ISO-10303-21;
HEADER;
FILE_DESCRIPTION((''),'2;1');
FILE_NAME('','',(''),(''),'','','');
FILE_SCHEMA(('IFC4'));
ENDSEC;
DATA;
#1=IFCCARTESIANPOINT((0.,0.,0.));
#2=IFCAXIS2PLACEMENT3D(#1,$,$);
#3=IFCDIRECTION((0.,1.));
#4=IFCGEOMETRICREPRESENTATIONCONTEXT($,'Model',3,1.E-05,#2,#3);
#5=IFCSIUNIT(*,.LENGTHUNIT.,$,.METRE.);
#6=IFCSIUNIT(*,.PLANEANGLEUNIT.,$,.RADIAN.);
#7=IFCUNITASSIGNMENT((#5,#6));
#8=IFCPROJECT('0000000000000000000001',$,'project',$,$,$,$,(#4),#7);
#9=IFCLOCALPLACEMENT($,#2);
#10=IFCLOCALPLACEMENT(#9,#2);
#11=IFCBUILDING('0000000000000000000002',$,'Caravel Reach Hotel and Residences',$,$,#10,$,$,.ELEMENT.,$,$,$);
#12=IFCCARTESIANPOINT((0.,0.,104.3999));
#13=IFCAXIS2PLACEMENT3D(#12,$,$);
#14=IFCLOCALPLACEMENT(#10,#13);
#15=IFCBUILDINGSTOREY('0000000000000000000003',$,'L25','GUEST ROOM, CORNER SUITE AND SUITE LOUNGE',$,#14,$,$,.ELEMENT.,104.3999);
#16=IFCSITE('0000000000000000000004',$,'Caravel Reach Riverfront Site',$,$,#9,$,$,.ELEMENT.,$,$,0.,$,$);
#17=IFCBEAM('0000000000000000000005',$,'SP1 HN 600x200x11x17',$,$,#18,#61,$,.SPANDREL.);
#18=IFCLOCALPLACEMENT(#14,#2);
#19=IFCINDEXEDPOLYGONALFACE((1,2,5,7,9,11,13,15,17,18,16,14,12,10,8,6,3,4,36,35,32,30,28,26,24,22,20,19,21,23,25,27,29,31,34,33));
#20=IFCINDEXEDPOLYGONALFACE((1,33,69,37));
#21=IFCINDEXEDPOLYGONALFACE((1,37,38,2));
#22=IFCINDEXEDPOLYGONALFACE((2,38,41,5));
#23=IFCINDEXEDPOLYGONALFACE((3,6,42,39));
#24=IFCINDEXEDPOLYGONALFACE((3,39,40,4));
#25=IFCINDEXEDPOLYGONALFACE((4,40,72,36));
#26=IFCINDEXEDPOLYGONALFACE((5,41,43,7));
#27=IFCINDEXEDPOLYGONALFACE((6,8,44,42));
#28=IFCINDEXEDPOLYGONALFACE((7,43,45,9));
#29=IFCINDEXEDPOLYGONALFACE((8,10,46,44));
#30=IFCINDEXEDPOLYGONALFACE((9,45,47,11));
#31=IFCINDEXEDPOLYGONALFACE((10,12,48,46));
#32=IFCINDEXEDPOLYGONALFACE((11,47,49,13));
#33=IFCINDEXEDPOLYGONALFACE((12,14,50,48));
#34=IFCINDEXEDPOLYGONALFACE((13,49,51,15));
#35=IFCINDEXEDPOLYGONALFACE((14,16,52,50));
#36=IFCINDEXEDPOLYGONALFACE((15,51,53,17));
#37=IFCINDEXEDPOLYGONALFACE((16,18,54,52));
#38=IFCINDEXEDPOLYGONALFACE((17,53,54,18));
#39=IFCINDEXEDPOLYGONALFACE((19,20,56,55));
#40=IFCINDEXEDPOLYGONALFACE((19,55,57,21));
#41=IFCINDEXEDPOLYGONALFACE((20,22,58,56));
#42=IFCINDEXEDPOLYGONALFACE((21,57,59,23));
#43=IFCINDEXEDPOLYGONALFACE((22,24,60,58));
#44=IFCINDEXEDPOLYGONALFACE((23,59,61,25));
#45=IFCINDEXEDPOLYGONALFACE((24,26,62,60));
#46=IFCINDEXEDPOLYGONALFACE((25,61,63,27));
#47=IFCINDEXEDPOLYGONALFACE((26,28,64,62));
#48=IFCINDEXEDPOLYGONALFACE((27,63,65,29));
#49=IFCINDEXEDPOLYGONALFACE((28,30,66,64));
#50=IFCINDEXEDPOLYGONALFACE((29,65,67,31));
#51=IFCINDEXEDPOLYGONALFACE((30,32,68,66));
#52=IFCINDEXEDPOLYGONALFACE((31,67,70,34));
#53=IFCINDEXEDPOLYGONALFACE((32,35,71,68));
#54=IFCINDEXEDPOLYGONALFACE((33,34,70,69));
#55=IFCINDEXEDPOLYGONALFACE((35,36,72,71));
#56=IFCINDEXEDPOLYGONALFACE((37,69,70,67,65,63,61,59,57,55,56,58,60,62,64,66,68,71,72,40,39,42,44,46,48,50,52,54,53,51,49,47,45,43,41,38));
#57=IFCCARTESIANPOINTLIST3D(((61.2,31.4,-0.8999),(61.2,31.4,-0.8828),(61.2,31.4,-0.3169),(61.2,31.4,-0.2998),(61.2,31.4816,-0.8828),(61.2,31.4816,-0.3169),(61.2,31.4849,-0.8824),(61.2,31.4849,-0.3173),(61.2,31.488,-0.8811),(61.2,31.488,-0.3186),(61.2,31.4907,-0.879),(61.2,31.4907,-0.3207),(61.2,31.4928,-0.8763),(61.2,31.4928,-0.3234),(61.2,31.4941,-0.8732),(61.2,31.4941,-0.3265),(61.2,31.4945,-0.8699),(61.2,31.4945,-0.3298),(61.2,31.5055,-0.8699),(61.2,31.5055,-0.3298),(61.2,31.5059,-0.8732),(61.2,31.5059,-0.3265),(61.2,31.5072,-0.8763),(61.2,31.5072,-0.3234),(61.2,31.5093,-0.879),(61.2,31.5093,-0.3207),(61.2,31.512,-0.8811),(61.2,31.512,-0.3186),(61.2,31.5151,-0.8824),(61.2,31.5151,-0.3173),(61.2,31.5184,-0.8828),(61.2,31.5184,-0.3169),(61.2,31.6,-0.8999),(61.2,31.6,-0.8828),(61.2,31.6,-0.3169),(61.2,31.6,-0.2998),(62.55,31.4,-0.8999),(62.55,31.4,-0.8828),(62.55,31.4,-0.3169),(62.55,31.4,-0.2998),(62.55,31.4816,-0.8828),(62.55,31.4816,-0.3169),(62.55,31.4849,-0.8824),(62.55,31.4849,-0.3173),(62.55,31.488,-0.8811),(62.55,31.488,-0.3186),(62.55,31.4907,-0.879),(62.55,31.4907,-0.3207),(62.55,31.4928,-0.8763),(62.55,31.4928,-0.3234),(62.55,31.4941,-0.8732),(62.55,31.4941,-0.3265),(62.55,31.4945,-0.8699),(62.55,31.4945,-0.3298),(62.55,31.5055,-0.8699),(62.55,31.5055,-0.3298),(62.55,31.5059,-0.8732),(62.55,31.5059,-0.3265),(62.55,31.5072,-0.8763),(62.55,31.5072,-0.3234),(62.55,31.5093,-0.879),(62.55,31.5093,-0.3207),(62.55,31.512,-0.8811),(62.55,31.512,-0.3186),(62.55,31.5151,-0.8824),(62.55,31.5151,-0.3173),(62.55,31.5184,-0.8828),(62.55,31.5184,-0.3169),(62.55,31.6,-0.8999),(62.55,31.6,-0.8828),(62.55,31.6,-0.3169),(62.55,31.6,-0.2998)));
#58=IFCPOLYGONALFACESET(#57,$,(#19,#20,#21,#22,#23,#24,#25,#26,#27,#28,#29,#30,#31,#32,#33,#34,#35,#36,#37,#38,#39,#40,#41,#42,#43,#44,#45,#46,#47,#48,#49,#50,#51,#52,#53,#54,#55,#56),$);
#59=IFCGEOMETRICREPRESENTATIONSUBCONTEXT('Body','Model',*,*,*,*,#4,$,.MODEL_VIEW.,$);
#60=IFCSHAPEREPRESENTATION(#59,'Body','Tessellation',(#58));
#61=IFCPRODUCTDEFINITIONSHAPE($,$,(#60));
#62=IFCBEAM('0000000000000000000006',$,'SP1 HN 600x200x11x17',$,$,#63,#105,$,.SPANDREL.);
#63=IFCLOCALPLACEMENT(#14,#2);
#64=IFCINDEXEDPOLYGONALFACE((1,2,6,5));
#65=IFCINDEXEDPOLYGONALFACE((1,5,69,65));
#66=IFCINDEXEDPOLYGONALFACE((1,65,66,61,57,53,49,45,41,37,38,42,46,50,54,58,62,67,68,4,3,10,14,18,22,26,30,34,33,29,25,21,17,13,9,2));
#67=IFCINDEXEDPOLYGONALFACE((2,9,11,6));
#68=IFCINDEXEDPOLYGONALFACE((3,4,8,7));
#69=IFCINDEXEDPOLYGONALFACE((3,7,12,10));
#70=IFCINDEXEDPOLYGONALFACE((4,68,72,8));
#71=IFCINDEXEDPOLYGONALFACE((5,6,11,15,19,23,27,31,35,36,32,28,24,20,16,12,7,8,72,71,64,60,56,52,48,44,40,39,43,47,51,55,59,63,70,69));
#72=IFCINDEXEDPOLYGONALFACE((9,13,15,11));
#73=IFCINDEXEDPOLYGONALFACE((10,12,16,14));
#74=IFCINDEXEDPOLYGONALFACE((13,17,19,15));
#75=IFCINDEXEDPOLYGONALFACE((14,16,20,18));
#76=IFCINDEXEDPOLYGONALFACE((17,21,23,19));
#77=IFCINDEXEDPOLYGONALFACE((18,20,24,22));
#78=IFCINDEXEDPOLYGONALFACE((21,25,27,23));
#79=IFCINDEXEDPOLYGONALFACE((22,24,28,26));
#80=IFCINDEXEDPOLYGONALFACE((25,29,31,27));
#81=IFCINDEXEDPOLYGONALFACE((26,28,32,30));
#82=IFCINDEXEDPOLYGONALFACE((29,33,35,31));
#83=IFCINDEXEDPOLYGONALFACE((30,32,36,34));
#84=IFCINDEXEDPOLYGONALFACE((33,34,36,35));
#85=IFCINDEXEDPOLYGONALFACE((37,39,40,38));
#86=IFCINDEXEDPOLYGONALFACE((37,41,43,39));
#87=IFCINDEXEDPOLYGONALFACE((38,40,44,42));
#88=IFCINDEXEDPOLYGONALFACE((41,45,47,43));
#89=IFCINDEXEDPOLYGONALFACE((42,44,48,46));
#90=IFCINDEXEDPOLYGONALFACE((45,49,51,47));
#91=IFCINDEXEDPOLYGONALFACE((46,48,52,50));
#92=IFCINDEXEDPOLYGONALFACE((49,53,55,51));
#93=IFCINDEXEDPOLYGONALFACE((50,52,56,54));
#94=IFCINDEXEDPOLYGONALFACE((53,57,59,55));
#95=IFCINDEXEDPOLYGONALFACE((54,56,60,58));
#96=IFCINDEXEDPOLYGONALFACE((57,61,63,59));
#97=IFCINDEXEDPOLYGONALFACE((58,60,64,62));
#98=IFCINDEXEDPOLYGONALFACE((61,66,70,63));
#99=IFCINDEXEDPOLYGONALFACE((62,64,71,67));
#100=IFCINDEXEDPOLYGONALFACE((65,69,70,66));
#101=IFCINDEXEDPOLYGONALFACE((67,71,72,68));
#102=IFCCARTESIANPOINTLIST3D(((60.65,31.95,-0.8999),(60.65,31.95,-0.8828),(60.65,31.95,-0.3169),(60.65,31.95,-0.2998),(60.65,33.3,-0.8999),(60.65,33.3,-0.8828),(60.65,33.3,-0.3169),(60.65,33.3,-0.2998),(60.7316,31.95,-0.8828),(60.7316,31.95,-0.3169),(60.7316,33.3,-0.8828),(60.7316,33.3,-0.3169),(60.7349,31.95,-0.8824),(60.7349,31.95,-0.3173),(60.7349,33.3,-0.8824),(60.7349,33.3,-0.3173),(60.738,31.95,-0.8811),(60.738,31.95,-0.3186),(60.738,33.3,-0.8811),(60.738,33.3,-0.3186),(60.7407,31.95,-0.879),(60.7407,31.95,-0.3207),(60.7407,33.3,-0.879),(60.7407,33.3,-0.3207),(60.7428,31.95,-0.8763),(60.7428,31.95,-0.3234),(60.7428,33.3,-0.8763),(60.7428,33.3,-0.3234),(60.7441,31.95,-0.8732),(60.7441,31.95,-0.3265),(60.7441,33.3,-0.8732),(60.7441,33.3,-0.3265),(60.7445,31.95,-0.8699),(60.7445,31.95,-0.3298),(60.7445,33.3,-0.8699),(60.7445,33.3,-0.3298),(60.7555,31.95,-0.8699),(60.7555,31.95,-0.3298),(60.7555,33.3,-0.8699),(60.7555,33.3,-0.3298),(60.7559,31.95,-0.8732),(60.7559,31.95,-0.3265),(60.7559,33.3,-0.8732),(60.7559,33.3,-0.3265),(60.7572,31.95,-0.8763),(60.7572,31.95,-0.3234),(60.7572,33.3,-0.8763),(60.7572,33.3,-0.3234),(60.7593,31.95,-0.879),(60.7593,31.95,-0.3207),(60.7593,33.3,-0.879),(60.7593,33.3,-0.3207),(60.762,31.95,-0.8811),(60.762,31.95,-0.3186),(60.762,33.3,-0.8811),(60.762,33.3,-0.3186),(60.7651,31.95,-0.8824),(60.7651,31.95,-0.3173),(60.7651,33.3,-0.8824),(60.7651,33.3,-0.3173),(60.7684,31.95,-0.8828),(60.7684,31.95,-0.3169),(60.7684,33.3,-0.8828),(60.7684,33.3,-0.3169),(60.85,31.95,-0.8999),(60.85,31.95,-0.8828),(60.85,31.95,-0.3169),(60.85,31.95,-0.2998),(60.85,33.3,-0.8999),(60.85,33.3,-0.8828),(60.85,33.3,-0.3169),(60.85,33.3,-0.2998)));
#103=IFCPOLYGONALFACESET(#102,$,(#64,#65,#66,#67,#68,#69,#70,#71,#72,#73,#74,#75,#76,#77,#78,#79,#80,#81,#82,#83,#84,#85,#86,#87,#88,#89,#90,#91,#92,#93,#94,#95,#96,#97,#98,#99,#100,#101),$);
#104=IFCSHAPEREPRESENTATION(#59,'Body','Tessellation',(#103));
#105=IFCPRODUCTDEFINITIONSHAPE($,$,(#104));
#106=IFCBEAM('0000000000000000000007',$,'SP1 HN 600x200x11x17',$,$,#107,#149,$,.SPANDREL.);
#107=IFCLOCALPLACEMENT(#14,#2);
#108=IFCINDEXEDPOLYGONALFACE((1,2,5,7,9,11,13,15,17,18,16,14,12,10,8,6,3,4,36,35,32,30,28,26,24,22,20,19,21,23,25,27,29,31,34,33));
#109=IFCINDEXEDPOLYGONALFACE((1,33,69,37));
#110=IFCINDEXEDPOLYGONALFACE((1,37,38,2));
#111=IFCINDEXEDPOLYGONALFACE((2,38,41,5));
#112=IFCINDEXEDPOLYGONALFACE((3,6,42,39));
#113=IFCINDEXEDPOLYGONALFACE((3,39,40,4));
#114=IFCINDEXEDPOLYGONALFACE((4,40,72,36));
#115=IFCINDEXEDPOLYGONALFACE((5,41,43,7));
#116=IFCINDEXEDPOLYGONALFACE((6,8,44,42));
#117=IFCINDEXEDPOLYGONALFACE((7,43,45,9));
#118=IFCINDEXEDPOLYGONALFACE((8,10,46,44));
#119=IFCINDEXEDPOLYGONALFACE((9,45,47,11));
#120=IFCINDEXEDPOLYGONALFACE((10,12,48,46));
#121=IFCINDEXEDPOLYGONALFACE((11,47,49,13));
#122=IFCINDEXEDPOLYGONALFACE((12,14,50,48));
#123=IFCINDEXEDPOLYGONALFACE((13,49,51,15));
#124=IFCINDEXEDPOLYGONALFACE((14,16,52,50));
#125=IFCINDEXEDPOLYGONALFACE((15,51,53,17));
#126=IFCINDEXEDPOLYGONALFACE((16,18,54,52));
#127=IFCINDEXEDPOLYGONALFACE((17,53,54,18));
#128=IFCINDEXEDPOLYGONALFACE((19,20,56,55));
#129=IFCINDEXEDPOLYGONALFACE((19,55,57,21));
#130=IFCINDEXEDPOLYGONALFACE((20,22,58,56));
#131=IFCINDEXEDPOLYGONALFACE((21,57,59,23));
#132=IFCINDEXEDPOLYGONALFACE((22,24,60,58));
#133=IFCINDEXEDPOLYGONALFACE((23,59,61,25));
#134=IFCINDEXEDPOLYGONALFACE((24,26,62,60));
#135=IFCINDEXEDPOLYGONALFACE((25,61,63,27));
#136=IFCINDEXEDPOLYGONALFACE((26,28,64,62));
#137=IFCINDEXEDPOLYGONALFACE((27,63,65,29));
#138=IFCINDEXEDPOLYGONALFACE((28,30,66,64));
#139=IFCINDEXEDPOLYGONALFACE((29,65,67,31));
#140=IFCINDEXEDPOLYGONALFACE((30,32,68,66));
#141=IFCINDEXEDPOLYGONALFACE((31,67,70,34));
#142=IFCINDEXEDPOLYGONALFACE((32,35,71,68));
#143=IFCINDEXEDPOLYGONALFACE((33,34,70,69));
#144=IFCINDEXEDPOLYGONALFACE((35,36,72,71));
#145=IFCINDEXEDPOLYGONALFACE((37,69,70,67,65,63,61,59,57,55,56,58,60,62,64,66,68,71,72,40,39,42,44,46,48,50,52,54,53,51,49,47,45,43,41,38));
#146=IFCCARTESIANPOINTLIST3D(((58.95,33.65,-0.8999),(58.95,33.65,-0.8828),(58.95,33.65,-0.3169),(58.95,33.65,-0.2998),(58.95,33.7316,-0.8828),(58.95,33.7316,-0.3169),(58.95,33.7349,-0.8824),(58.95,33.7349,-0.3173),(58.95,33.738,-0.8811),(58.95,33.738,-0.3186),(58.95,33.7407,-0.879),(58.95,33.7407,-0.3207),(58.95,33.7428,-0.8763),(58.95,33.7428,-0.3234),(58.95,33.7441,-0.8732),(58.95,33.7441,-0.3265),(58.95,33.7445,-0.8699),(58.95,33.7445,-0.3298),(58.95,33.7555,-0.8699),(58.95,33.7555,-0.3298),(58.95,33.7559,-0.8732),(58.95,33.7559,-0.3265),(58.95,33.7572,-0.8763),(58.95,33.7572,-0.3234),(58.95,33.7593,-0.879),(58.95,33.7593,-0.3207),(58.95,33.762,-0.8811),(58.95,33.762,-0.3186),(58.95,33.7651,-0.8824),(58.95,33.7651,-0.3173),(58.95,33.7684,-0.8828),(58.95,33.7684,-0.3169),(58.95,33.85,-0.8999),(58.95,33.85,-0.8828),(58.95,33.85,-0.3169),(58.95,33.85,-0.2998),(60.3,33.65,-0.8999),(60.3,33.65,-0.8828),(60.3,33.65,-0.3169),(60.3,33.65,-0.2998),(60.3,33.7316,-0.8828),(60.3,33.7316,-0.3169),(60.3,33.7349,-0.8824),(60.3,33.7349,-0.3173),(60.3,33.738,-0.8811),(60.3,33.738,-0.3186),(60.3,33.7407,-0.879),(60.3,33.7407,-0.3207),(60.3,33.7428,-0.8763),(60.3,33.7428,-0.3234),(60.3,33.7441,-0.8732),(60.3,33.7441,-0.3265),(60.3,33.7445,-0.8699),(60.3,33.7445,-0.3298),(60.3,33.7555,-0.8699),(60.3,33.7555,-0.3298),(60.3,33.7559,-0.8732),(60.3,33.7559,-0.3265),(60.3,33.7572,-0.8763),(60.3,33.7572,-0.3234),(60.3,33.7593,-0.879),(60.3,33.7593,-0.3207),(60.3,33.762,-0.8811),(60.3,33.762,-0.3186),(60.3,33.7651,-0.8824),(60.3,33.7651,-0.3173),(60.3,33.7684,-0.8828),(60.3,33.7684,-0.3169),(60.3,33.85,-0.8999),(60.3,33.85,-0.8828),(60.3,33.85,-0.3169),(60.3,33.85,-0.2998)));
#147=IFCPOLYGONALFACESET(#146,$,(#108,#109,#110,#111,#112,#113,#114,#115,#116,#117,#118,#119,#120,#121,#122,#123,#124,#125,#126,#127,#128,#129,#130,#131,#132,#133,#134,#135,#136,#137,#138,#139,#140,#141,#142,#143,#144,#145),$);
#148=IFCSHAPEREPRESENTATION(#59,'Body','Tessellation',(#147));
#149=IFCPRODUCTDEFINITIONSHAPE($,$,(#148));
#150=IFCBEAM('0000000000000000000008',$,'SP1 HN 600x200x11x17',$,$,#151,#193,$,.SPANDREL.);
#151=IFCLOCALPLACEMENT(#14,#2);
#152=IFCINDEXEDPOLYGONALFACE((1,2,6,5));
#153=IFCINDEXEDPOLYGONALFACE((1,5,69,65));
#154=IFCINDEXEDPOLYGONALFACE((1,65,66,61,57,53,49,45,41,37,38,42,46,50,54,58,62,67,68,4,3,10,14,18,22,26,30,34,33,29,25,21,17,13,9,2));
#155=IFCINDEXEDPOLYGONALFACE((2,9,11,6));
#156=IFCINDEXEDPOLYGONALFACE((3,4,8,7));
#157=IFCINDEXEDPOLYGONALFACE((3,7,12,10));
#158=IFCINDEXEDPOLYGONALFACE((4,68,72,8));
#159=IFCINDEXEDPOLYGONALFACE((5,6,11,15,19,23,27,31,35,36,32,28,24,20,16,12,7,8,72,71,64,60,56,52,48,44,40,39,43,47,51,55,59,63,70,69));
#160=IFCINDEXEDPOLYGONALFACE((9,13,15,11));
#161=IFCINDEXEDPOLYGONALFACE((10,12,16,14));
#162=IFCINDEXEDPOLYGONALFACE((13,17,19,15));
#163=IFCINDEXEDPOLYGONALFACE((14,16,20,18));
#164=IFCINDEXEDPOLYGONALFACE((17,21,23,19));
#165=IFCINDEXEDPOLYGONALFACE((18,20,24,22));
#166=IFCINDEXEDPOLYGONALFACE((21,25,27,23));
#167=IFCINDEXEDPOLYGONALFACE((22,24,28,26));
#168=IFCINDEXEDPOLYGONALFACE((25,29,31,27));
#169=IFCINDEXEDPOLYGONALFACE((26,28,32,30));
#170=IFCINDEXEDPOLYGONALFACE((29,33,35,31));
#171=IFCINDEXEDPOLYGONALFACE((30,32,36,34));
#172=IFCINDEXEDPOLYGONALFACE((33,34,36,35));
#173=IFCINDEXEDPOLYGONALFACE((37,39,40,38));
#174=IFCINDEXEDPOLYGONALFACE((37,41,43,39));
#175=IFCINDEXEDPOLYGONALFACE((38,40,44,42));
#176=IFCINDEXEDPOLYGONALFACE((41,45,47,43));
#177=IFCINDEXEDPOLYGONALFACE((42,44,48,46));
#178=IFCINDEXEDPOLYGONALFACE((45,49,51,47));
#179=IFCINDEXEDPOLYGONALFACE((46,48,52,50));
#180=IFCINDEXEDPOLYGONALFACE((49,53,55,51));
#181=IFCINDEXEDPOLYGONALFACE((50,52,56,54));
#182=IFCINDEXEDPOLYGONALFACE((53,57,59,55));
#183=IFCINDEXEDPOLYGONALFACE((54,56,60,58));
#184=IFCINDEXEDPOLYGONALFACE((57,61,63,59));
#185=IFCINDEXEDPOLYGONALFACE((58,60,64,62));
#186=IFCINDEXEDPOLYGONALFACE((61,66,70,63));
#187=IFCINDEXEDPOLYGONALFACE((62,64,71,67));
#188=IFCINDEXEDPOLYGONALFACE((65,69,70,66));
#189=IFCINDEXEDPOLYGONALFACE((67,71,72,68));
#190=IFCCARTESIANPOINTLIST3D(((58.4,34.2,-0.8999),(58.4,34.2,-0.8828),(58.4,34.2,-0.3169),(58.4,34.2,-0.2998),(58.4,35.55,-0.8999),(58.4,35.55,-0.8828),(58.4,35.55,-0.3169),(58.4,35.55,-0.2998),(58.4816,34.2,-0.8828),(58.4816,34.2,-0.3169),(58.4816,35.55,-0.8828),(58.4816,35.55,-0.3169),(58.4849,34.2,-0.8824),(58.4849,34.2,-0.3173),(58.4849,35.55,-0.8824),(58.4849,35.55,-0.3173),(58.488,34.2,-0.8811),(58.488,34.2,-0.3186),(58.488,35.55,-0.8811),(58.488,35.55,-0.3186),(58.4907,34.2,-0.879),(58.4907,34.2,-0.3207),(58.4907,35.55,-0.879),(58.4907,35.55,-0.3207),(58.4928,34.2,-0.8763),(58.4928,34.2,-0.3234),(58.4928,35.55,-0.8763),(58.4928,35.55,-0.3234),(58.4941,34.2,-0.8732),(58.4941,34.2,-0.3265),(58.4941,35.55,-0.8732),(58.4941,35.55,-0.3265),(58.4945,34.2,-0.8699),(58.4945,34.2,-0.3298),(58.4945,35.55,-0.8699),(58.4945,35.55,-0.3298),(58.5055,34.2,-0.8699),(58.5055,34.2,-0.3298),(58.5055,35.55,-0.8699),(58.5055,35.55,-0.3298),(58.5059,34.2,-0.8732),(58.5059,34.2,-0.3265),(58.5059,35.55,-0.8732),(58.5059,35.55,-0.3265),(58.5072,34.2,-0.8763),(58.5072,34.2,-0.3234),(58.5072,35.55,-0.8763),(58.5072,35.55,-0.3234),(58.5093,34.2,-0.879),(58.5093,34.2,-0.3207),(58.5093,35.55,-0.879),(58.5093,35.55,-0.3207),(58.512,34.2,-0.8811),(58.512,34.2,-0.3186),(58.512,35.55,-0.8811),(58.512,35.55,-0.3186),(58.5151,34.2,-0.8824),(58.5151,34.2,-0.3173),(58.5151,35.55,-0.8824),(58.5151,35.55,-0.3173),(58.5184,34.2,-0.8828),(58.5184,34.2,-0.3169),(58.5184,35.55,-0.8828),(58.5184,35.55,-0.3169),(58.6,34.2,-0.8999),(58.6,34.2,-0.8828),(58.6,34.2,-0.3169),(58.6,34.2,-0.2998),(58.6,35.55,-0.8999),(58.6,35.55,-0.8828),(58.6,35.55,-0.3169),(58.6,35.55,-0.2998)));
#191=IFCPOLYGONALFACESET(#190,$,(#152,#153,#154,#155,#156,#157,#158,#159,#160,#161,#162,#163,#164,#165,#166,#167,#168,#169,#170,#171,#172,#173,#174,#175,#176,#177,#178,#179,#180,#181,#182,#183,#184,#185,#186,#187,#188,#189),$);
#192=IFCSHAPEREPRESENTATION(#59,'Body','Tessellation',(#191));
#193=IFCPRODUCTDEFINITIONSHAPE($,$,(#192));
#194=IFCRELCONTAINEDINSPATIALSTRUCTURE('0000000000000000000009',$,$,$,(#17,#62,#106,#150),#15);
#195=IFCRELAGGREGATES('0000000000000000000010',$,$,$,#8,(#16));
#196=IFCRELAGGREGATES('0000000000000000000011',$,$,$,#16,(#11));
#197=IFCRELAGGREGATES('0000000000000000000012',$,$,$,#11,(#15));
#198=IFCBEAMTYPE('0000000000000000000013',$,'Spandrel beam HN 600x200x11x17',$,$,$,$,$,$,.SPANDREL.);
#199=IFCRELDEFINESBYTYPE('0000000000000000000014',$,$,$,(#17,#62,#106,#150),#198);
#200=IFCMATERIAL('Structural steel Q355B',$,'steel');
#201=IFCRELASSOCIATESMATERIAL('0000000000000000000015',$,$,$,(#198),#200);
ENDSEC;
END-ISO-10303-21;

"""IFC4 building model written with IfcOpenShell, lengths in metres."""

from ifc_helpers import new_model, si_unit, direction, frame, origin, origin_2d, place, context, subcontext, project, spatial, i_section, extrude, material, material_profile, profile_set, type_object, element, save


model = new_model("IFC4")

# Units and contexts
model_context = context("Model", 3, precision=1e-05, world=origin(), true_north=direction((0.0, 1.0)))
body_context = subcontext(model_context, "Body", "Model", "MODEL_VIEW")
ifc_project = project(units=[si_unit("LENGTHUNIT", "METRE"), si_unit("PLANEANGLEUNIT", "RADIAN")], contexts=[model_context])

# Site, building, storey
site_placement = place(None, origin())
site = spatial("IfcSite", under=ifc_project, at=site_placement, Name="Caravel Reach Riverfront Site", CompositionType="ELEMENT", RefElevation=0.0)
building_placement = place(site_placement, origin())
building = spatial("IfcBuilding", under=site, at=building_placement, Name="Caravel Reach Hotel and Residences", CompositionType="ELEMENT")
storey_placement = place(building_placement, frame((0.0, 0.0, 104.3999)))
storey = spatial("IfcBuildingStorey", under=building, at=storey_placement, Name="L25", Description="GUEST ROOM, CORNER SUITE AND SUITE LOUNGE", CompositionType="ELEMENT", Elevation=104.3999)

# Beams
ifc_material_1 = material(Name="Structural steel Q355B", Category="steel")
ifc_material_profile_1 = material_profile(ifc_material_1, i_section(OverallWidth=0.2, OverallDepth=0.6001, WebThickness=0.011, FlangeThickness=0.0171, FilletRadius=0.0129, at=origin_2d()), Name="HN 600x200x11x17")
ifc_profile_set_1 = profile_set([ifc_material_profile_1], Name="Structural steel Q355B")
beam_type_1 = type_object("IfcBeamType", Name="Spandrel beam HN 600x200x11x17", PredefinedType="SPANDREL", material=ifc_profile_set_1)
for number, where, z_axis, x_axis, name in (
    (1, (62.55, 31.5, -0.5999), (-1.0, 0.0, 0.0), (0.0, -1.0, 0.0), "SP1 HN 600x200x11x17"),
    (2, (60.75, 31.95, -0.5999), (0.0, 1.0, 0.0), (-1.0, 0.0, 0.0), "SP1 HN 600x200x11x17"),
    (3, (60.3, 33.75, -0.5999), (-1.0, 0.0, 0.0), (0.0, -1.0, 0.0), "SP1 HN 600x200x11x17"),
    (4, (58.5, 34.2, -0.5999), (0.0, 1.0, 0.0), (-1.0, 0.0, 0.0), "SP1 HN 600x200x11x17"),
):
    element("IfcBeam", number, at=place(storey_placement, frame(where, z_axis=z_axis, x_axis=x_axis)), inside=storey, type_object=beam_type_1, Name=name, PredefinedType="SPANDREL", context=body_context, shape_type="SweptSolid", body=[
        extrude(i_section(OverallWidth=0.2, OverallDepth=0.6001, WebThickness=0.011, FlangeThickness=0.0171, FilletRadius=0.0129, at=origin_2d()), origin(), (0.0, 0.0, 1.0), 1.3501),
    ])

save(model, "model.ifc")
